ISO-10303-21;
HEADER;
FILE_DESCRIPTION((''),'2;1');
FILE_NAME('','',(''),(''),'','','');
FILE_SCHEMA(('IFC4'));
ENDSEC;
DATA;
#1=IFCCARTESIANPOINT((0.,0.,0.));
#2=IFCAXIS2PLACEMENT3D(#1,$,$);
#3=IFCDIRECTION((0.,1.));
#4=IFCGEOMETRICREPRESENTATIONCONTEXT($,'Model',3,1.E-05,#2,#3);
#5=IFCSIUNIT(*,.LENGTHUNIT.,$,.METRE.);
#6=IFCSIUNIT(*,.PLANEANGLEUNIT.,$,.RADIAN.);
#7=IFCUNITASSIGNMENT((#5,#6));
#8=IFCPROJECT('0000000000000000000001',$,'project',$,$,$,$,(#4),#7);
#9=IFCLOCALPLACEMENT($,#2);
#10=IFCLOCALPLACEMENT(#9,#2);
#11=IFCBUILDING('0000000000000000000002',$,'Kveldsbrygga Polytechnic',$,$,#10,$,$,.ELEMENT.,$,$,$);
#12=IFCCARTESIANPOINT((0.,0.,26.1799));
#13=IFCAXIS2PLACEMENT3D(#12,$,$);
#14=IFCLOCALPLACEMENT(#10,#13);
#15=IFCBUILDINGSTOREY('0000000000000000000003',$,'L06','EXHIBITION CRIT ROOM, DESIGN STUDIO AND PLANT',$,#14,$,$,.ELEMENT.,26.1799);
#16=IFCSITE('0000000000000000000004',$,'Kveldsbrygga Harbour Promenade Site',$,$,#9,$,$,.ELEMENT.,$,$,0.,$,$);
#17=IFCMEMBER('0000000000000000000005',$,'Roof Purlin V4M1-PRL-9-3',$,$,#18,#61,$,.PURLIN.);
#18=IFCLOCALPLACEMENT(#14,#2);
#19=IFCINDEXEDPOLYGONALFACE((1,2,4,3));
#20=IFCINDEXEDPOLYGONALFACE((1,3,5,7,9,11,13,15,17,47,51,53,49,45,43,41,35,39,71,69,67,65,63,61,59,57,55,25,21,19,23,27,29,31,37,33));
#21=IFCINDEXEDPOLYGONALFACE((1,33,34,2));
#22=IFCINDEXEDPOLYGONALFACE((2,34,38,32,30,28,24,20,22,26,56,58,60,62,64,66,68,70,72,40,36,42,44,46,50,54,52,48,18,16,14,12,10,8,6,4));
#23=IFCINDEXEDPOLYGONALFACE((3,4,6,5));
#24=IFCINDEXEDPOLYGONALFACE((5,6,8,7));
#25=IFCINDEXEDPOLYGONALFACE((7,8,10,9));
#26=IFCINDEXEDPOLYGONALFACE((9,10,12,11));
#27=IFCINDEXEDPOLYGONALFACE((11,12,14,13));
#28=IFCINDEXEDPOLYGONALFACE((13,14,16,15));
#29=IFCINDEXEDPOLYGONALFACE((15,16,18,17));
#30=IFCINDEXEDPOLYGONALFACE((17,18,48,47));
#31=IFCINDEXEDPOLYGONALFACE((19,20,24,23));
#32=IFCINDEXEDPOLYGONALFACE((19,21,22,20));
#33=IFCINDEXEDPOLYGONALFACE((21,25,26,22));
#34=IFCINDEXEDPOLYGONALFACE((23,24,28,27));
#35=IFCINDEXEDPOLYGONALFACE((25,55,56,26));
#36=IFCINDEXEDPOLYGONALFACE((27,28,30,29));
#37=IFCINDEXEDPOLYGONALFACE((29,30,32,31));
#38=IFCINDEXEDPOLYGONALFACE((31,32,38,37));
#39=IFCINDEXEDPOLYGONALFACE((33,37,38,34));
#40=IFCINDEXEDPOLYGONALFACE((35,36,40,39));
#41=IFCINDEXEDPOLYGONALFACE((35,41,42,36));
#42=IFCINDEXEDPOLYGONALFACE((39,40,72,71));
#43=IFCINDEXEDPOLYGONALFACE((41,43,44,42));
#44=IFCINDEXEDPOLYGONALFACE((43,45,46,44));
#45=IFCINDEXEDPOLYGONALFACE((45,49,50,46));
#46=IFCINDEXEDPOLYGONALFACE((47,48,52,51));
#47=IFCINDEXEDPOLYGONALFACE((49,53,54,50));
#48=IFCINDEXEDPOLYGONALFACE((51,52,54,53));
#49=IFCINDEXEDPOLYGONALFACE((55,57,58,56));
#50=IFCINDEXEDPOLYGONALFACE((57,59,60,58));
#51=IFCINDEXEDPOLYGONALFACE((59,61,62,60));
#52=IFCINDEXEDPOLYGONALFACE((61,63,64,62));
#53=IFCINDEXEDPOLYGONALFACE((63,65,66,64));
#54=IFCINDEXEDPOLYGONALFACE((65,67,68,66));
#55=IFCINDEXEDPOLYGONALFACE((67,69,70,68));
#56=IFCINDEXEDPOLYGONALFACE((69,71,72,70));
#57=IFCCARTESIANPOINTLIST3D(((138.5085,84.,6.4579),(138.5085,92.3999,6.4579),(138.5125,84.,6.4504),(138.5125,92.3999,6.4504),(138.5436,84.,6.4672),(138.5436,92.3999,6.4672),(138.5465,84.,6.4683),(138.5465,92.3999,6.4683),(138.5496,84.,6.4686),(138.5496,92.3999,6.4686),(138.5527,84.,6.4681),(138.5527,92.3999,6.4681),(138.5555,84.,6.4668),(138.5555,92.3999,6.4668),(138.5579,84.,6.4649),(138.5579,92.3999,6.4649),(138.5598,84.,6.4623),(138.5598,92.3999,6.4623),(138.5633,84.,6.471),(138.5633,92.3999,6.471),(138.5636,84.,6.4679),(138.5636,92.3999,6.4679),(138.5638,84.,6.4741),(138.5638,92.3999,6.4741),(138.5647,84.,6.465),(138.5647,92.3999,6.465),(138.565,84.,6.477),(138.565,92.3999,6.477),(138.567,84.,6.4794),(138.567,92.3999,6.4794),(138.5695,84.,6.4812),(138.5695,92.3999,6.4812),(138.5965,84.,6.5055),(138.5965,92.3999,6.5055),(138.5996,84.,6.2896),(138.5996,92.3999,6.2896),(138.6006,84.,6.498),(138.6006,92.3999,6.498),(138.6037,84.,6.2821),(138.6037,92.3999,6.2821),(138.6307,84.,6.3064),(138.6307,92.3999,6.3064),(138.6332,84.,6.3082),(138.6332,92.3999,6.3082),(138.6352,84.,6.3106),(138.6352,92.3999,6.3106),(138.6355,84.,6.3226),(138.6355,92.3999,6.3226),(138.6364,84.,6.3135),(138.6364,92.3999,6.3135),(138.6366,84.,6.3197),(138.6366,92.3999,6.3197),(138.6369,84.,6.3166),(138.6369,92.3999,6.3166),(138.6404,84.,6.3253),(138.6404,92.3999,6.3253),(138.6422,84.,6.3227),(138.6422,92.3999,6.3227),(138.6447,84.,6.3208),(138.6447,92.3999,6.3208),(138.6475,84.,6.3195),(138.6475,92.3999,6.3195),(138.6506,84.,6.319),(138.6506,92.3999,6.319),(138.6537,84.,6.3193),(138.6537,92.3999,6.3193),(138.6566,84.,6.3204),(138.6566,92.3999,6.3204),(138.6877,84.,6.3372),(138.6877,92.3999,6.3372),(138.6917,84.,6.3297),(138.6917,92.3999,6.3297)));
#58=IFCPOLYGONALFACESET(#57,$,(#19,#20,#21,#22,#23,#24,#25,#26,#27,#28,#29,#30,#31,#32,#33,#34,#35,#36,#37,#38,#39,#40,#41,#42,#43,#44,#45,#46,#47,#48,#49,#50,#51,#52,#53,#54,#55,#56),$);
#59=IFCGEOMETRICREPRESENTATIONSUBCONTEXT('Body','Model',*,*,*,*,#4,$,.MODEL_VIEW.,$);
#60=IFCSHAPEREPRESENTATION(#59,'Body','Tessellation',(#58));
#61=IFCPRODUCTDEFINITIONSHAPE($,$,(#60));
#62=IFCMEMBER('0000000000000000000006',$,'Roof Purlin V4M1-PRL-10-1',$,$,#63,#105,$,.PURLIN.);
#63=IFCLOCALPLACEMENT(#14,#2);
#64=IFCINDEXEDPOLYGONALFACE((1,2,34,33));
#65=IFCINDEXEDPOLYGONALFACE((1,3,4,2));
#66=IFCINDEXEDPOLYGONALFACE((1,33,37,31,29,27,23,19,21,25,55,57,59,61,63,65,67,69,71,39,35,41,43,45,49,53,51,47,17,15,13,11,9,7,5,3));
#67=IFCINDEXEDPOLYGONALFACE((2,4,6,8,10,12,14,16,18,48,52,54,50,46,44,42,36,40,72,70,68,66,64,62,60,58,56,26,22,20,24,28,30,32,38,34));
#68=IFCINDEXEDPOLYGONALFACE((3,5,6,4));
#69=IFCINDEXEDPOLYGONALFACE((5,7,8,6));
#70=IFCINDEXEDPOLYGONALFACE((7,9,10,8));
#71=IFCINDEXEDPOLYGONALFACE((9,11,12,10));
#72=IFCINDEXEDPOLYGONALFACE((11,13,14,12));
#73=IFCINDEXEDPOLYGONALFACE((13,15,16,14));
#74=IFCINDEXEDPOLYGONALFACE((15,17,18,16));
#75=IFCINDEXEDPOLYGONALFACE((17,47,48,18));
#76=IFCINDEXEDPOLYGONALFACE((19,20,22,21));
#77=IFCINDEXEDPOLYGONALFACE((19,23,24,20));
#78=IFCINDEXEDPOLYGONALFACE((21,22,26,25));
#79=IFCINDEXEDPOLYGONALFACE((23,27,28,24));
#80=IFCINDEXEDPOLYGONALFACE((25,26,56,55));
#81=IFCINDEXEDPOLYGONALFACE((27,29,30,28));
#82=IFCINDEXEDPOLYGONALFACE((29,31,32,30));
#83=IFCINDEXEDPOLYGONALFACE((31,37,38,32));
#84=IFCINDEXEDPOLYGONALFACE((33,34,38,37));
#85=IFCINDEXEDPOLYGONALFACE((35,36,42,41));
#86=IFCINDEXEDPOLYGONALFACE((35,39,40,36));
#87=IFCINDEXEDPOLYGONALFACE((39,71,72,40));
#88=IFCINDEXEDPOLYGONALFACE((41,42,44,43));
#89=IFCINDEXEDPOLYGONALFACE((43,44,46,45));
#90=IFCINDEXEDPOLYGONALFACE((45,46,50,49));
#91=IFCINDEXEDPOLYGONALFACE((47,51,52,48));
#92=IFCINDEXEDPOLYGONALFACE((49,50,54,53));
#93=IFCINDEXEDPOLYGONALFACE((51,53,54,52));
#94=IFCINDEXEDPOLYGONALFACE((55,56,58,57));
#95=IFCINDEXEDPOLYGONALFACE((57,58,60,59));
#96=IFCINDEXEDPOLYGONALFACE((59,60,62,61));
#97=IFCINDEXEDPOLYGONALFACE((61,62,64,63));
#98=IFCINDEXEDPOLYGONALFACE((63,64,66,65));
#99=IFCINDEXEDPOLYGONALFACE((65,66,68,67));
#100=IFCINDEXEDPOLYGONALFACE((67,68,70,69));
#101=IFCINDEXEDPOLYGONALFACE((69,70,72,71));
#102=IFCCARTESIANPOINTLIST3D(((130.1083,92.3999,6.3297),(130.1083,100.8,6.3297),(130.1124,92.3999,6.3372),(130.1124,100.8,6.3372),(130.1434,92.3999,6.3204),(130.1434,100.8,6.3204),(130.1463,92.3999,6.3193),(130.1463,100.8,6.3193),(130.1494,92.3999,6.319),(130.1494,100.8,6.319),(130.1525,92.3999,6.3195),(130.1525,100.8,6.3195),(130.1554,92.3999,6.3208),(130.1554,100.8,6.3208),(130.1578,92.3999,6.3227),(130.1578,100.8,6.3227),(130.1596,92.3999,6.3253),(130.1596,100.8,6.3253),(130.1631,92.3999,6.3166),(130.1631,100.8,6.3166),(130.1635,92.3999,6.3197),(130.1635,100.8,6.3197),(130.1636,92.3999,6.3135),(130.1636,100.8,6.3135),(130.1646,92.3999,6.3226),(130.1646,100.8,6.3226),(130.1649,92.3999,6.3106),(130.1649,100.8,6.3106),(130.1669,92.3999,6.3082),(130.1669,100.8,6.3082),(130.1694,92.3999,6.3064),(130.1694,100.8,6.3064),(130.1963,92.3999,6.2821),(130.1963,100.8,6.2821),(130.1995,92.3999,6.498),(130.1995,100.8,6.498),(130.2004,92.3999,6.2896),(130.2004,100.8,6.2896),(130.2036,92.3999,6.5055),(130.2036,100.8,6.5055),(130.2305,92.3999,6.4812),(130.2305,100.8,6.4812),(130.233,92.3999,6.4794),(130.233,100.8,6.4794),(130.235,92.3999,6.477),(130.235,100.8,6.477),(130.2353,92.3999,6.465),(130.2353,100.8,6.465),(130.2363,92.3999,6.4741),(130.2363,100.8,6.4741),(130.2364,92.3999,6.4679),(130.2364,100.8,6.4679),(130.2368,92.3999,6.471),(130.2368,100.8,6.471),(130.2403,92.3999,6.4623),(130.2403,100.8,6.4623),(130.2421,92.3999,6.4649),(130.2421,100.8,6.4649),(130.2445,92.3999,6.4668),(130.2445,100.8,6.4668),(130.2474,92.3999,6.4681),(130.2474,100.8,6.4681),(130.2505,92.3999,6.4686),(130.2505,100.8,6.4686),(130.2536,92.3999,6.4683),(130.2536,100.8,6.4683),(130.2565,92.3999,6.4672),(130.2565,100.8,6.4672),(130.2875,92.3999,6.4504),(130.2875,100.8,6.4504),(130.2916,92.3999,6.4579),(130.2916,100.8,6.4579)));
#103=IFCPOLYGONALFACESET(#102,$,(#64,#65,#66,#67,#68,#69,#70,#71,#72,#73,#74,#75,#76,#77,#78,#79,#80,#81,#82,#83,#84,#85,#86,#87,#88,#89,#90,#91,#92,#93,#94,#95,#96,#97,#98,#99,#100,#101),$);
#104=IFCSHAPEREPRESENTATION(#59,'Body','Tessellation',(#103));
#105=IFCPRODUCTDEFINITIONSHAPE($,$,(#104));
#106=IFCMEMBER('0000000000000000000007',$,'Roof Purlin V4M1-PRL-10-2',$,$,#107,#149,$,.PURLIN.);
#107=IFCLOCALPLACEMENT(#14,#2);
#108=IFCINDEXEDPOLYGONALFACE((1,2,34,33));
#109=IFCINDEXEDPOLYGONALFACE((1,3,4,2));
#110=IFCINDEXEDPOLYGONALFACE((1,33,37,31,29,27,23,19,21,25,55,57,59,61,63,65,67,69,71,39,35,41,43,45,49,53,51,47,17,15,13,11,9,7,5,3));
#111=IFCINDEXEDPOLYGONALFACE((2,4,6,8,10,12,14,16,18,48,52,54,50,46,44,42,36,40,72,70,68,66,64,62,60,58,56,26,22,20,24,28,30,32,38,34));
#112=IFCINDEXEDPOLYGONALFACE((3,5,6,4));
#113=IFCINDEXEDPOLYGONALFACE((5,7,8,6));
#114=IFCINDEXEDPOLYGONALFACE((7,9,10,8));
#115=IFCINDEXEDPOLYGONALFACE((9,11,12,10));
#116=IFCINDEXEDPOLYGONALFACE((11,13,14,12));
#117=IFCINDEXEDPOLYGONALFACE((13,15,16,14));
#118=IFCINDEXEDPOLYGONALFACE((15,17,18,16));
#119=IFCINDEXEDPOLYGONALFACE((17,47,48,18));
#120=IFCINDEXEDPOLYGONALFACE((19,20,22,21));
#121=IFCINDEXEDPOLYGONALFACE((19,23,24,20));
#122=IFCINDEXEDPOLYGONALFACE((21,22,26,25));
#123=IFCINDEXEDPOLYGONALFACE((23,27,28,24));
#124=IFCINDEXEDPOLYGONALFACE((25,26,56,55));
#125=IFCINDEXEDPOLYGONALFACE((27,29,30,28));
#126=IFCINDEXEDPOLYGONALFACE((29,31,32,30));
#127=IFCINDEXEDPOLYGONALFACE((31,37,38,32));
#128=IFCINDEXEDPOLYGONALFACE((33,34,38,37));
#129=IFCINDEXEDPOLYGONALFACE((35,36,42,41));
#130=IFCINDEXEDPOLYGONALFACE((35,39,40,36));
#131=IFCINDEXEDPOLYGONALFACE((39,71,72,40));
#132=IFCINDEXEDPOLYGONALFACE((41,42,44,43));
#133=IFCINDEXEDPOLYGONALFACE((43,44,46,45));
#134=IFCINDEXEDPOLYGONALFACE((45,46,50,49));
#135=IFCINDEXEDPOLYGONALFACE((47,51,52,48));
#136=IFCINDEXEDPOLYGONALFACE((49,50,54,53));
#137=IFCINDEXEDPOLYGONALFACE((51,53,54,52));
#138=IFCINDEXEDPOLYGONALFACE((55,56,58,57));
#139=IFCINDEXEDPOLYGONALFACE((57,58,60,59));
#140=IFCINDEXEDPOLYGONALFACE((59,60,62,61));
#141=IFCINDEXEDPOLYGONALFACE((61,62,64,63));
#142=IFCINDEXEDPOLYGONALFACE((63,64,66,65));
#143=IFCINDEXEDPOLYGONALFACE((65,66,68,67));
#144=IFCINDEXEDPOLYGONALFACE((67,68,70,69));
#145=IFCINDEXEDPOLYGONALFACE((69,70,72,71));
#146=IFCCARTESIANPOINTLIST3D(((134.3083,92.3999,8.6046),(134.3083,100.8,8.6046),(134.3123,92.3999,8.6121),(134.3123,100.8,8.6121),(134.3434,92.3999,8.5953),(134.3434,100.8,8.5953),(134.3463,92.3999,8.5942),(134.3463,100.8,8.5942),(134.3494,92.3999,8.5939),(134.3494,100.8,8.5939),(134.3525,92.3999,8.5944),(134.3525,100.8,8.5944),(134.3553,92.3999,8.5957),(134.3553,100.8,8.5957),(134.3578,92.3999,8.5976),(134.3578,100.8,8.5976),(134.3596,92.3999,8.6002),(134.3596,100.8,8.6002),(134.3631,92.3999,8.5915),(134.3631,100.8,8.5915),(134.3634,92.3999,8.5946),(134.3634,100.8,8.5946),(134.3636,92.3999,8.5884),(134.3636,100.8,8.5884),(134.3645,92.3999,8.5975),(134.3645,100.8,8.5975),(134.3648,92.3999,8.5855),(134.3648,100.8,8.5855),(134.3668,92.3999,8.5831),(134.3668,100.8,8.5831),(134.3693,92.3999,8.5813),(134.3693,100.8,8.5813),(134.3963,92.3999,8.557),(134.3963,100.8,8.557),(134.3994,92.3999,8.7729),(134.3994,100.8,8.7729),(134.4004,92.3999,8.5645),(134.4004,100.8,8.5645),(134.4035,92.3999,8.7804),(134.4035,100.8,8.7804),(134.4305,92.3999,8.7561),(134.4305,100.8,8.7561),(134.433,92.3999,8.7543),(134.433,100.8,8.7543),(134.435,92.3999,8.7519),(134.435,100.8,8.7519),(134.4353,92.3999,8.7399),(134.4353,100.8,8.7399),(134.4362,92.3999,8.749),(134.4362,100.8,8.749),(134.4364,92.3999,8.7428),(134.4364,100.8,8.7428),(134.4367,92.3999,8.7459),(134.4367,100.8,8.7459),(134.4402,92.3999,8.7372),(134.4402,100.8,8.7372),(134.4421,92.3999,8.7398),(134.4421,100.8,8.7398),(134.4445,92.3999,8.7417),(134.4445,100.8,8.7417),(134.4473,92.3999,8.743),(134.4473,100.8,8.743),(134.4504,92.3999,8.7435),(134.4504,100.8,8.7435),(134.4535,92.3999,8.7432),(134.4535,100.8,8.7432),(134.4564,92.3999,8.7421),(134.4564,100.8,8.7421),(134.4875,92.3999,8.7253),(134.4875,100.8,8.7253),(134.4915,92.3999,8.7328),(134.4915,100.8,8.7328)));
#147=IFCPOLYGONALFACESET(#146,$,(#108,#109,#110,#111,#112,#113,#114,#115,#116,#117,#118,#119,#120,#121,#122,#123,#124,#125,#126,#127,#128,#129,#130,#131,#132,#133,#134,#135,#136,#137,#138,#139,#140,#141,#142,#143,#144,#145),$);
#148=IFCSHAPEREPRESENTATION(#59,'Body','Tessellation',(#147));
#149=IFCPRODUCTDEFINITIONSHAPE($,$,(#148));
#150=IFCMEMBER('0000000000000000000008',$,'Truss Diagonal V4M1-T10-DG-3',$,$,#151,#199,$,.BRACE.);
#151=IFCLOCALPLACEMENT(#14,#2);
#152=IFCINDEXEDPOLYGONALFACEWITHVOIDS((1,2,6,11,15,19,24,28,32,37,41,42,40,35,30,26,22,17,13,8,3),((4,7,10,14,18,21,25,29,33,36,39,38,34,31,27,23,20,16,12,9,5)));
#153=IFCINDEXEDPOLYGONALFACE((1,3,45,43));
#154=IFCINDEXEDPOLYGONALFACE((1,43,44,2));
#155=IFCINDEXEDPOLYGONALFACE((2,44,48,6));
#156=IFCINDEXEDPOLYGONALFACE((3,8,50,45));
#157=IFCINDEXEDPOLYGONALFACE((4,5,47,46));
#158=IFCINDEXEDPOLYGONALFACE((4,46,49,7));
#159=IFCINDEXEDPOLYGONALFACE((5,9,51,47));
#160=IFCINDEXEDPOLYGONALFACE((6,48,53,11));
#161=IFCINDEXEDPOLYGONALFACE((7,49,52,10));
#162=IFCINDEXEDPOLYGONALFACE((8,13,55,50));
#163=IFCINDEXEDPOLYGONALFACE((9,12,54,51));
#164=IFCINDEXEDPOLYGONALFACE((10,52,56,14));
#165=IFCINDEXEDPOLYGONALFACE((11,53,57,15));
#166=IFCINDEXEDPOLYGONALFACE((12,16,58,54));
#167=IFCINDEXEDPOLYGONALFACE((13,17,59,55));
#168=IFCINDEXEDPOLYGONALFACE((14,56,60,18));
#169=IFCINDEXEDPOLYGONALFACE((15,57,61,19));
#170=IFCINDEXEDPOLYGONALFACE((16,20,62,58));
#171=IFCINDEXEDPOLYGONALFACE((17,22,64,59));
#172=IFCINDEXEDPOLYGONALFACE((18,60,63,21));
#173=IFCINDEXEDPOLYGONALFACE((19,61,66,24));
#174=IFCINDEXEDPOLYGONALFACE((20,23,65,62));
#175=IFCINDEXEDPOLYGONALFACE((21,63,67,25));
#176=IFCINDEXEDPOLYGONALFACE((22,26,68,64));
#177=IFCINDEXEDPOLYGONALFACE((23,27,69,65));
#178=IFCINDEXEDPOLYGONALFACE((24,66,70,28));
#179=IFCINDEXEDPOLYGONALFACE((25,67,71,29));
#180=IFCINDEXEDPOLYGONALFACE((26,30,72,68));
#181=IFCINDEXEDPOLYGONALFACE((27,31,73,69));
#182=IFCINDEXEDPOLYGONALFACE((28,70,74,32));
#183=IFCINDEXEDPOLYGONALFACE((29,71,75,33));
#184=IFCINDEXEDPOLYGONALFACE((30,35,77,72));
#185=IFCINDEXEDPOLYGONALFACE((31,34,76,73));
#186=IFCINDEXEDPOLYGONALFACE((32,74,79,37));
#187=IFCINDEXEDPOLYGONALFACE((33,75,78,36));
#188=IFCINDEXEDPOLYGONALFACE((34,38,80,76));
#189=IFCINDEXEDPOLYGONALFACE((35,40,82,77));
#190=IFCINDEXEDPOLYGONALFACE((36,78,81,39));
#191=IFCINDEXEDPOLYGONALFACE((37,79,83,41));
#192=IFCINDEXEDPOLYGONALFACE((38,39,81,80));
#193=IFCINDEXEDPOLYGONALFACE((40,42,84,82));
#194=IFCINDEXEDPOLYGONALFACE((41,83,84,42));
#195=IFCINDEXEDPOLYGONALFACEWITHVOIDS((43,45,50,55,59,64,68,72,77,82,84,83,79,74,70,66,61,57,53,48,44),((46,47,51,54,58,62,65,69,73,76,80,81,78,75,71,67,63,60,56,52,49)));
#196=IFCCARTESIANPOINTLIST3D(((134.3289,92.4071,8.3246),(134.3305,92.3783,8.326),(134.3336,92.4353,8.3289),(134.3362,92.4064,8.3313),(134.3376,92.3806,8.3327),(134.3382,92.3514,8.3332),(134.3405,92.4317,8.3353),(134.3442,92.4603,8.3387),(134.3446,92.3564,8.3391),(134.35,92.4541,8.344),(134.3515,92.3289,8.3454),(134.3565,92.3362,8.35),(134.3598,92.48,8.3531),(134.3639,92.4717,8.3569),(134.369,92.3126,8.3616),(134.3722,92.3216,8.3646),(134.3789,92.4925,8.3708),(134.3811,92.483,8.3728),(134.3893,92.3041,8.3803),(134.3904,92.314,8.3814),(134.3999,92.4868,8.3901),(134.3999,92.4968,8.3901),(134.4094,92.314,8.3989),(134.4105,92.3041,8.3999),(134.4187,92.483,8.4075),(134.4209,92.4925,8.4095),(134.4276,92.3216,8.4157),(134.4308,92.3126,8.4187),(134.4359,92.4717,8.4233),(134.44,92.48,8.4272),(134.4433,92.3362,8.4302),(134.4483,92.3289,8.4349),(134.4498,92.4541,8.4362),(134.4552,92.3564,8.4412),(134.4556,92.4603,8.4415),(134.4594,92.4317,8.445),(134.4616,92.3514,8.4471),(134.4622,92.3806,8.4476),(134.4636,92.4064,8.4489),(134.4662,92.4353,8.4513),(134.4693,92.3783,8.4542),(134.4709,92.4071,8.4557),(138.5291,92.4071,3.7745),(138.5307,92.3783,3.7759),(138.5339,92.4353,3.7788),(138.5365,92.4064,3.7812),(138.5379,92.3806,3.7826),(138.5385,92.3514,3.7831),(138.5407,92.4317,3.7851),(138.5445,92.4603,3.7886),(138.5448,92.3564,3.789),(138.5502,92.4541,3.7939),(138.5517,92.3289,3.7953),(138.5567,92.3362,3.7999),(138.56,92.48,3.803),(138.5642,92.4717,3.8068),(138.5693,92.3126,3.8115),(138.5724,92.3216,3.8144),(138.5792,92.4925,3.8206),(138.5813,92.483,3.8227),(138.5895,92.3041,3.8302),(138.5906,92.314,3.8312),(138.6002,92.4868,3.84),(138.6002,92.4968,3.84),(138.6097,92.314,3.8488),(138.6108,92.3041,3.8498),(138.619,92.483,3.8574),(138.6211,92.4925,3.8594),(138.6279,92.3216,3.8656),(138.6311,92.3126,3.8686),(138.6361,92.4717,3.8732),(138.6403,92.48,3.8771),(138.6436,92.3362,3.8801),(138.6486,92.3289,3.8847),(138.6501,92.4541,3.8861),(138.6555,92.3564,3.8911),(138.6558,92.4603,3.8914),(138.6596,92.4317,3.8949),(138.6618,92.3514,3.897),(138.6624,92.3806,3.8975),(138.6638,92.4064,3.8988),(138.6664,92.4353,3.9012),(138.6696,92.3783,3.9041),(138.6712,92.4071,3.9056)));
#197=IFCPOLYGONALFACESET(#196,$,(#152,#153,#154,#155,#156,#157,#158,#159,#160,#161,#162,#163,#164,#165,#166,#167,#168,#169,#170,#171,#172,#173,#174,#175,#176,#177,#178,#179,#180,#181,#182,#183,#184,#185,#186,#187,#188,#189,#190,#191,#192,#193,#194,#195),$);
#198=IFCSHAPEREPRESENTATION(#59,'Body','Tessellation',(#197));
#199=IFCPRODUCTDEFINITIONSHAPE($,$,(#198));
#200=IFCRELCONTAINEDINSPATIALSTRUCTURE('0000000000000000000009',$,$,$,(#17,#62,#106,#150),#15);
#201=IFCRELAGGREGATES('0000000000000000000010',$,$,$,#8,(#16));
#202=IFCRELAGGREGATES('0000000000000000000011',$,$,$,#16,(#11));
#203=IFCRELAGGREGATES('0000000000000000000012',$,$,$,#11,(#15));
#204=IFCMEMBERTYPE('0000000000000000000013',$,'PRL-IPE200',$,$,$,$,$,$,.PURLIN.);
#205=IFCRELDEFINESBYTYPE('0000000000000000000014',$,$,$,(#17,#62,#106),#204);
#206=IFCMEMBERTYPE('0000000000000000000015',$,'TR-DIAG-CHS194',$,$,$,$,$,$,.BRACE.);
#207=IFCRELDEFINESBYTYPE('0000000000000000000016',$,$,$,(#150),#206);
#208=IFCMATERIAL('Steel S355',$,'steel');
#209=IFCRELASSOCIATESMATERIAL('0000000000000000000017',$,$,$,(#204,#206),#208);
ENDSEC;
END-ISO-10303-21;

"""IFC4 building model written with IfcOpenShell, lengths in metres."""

from ifc_helpers import new_model, si_unit, direction, frame, origin, origin_2d, place, context, subcontext, project, spatial, hollow_circle, i_section, extrude, material, material_profile, profile_set, type_object, element, save


model = new_model("IFC4")

# Units and contexts
model_context = context("Model", 3, precision=1e-05, world=origin(), true_north=direction((0.0, 1.0)))
body_context = subcontext(model_context, "Body", "Model", "MODEL_VIEW")
ifc_project = project(units=[si_unit("LENGTHUNIT", "METRE"), si_unit("PLANEANGLEUNIT", "RADIAN")], contexts=[model_context])

# Site, building, storey
site_placement = place(None, origin())
site = spatial("IfcSite", under=ifc_project, at=site_placement, Name="Kveldsbrygga Harbour Promenade Site", CompositionType="ELEMENT", RefElevation=0.0)
building_placement = place(site_placement, origin())
building = spatial("IfcBuilding", under=site, at=building_placement, Name="Kveldsbrygga Polytechnic", CompositionType="ELEMENT")
storey_placement = place(building_placement, frame((0.0, 0.0, 26.1799)))
storey = spatial("IfcBuildingStorey", under=building, at=storey_placement, Name="L06", Description="EXHIBITION CRIT ROOM, DESIGN STUDIO AND PLANT", CompositionType="ELEMENT", Elevation=26.1799)

# Shared definitions
ifc_material_1 = material(Name="Steel S355", Category="steel")

# Members
ifc_material_profile_1 = material_profile(ifc_material_1, i_section(OverallWidth=0.1001, OverallDepth=0.2, WebThickness=0.0056, FlangeThickness=0.0085, FilletRadius=0.012, at=origin_2d()), Name="IPE 200")
ifc_profile_set_1 = profile_set([ifc_material_profile_1], Name="Steel S355")
member_type_1 = type_object("IfcMemberType", Name="PRL-IPE200", PredefinedType="PURLIN", material=ifc_profile_set_1)
for number, where, z_axis, x_axis, name in (
    (1, (138.6001, 84.0, 6.3938), (0.0, 1.0, 0.0), (-0.879292, 0.0, -0.476283), "Roof Purlin V4M1-PRL-9-3"),
):
    element("IfcMember", number, at=place(storey_placement, frame(where, z_axis=z_axis, x_axis=x_axis)), inside=storey, type_object=member_type_1, Name=name, PredefinedType="PURLIN", context=body_context, shape_type="SweptSolid", body=[
        extrude(i_section(OverallWidth=0.1001, OverallDepth=0.2, WebThickness=0.0056, FlangeThickness=0.0085, FilletRadius=0.012, at=origin_2d()), origin(), (0.0, 0.0, 1.0), 8.3999),
    ])
for number, where, z_axis, x_axis, name in (
    (2, (130.2, 92.3999, 6.3938), (0.0, 1.0, 0.0), (-0.879292, 0.0, 0.476283), "Roof Purlin V4M1-PRL-10-1"),
    (3, (134.3999, 92.3999, 8.6687), (0.0, 1.0, 0.0), (-0.879292, 0.0, 0.476283), "Roof Purlin V4M1-PRL-10-2"),
):
    element("IfcMember", number, at=place(storey_placement, frame(where, z_axis=z_axis, x_axis=x_axis)), inside=storey, type_object=member_type_1, Name=name, PredefinedType="PURLIN", context=body_context, shape_type="SweptSolid", body=[
        extrude(i_section(OverallWidth=0.1001, OverallDepth=0.2, WebThickness=0.0056, FlangeThickness=0.0085, FilletRadius=0.012, at=origin_2d()), origin(), (0.0, 0.0, 1.0), 8.4001),
    ])
ifc_material_profile_2 = material_profile(ifc_material_1, hollow_circle(Radius=0.0969, WallThickness=0.01, at=origin_2d()), Name="CHS 193.7x10.0")
ifc_profile_set_2 = profile_set([ifc_material_profile_2], Name="Steel S355")
member_type_2 = type_object("IfcMemberType", Name="TR-DIAG-CHS194", PredefinedType="BRACE", material=ifc_profile_set_2)
member_1_placement = place(storey_placement, frame((134.3999, 92.3999, 8.3901), z_axis=(0.678293, 0.0, -0.734791), x_axis=(0.0, 1.0, 0.0)))
element("IfcMember", 4, at=member_1_placement, inside=storey, type_object=member_type_2, Name="Truss Diagonal V4M1-T10-DG-3", PredefinedType="BRACE", context=body_context, shape_type="SweptSolid", body=[
    extrude(hollow_circle(Radius=0.0969, WallThickness=0.01, at=origin_2d()), origin(), (0.0, 0.0, 1.0), 6.1924),
])

save(model, "model.ifc")
